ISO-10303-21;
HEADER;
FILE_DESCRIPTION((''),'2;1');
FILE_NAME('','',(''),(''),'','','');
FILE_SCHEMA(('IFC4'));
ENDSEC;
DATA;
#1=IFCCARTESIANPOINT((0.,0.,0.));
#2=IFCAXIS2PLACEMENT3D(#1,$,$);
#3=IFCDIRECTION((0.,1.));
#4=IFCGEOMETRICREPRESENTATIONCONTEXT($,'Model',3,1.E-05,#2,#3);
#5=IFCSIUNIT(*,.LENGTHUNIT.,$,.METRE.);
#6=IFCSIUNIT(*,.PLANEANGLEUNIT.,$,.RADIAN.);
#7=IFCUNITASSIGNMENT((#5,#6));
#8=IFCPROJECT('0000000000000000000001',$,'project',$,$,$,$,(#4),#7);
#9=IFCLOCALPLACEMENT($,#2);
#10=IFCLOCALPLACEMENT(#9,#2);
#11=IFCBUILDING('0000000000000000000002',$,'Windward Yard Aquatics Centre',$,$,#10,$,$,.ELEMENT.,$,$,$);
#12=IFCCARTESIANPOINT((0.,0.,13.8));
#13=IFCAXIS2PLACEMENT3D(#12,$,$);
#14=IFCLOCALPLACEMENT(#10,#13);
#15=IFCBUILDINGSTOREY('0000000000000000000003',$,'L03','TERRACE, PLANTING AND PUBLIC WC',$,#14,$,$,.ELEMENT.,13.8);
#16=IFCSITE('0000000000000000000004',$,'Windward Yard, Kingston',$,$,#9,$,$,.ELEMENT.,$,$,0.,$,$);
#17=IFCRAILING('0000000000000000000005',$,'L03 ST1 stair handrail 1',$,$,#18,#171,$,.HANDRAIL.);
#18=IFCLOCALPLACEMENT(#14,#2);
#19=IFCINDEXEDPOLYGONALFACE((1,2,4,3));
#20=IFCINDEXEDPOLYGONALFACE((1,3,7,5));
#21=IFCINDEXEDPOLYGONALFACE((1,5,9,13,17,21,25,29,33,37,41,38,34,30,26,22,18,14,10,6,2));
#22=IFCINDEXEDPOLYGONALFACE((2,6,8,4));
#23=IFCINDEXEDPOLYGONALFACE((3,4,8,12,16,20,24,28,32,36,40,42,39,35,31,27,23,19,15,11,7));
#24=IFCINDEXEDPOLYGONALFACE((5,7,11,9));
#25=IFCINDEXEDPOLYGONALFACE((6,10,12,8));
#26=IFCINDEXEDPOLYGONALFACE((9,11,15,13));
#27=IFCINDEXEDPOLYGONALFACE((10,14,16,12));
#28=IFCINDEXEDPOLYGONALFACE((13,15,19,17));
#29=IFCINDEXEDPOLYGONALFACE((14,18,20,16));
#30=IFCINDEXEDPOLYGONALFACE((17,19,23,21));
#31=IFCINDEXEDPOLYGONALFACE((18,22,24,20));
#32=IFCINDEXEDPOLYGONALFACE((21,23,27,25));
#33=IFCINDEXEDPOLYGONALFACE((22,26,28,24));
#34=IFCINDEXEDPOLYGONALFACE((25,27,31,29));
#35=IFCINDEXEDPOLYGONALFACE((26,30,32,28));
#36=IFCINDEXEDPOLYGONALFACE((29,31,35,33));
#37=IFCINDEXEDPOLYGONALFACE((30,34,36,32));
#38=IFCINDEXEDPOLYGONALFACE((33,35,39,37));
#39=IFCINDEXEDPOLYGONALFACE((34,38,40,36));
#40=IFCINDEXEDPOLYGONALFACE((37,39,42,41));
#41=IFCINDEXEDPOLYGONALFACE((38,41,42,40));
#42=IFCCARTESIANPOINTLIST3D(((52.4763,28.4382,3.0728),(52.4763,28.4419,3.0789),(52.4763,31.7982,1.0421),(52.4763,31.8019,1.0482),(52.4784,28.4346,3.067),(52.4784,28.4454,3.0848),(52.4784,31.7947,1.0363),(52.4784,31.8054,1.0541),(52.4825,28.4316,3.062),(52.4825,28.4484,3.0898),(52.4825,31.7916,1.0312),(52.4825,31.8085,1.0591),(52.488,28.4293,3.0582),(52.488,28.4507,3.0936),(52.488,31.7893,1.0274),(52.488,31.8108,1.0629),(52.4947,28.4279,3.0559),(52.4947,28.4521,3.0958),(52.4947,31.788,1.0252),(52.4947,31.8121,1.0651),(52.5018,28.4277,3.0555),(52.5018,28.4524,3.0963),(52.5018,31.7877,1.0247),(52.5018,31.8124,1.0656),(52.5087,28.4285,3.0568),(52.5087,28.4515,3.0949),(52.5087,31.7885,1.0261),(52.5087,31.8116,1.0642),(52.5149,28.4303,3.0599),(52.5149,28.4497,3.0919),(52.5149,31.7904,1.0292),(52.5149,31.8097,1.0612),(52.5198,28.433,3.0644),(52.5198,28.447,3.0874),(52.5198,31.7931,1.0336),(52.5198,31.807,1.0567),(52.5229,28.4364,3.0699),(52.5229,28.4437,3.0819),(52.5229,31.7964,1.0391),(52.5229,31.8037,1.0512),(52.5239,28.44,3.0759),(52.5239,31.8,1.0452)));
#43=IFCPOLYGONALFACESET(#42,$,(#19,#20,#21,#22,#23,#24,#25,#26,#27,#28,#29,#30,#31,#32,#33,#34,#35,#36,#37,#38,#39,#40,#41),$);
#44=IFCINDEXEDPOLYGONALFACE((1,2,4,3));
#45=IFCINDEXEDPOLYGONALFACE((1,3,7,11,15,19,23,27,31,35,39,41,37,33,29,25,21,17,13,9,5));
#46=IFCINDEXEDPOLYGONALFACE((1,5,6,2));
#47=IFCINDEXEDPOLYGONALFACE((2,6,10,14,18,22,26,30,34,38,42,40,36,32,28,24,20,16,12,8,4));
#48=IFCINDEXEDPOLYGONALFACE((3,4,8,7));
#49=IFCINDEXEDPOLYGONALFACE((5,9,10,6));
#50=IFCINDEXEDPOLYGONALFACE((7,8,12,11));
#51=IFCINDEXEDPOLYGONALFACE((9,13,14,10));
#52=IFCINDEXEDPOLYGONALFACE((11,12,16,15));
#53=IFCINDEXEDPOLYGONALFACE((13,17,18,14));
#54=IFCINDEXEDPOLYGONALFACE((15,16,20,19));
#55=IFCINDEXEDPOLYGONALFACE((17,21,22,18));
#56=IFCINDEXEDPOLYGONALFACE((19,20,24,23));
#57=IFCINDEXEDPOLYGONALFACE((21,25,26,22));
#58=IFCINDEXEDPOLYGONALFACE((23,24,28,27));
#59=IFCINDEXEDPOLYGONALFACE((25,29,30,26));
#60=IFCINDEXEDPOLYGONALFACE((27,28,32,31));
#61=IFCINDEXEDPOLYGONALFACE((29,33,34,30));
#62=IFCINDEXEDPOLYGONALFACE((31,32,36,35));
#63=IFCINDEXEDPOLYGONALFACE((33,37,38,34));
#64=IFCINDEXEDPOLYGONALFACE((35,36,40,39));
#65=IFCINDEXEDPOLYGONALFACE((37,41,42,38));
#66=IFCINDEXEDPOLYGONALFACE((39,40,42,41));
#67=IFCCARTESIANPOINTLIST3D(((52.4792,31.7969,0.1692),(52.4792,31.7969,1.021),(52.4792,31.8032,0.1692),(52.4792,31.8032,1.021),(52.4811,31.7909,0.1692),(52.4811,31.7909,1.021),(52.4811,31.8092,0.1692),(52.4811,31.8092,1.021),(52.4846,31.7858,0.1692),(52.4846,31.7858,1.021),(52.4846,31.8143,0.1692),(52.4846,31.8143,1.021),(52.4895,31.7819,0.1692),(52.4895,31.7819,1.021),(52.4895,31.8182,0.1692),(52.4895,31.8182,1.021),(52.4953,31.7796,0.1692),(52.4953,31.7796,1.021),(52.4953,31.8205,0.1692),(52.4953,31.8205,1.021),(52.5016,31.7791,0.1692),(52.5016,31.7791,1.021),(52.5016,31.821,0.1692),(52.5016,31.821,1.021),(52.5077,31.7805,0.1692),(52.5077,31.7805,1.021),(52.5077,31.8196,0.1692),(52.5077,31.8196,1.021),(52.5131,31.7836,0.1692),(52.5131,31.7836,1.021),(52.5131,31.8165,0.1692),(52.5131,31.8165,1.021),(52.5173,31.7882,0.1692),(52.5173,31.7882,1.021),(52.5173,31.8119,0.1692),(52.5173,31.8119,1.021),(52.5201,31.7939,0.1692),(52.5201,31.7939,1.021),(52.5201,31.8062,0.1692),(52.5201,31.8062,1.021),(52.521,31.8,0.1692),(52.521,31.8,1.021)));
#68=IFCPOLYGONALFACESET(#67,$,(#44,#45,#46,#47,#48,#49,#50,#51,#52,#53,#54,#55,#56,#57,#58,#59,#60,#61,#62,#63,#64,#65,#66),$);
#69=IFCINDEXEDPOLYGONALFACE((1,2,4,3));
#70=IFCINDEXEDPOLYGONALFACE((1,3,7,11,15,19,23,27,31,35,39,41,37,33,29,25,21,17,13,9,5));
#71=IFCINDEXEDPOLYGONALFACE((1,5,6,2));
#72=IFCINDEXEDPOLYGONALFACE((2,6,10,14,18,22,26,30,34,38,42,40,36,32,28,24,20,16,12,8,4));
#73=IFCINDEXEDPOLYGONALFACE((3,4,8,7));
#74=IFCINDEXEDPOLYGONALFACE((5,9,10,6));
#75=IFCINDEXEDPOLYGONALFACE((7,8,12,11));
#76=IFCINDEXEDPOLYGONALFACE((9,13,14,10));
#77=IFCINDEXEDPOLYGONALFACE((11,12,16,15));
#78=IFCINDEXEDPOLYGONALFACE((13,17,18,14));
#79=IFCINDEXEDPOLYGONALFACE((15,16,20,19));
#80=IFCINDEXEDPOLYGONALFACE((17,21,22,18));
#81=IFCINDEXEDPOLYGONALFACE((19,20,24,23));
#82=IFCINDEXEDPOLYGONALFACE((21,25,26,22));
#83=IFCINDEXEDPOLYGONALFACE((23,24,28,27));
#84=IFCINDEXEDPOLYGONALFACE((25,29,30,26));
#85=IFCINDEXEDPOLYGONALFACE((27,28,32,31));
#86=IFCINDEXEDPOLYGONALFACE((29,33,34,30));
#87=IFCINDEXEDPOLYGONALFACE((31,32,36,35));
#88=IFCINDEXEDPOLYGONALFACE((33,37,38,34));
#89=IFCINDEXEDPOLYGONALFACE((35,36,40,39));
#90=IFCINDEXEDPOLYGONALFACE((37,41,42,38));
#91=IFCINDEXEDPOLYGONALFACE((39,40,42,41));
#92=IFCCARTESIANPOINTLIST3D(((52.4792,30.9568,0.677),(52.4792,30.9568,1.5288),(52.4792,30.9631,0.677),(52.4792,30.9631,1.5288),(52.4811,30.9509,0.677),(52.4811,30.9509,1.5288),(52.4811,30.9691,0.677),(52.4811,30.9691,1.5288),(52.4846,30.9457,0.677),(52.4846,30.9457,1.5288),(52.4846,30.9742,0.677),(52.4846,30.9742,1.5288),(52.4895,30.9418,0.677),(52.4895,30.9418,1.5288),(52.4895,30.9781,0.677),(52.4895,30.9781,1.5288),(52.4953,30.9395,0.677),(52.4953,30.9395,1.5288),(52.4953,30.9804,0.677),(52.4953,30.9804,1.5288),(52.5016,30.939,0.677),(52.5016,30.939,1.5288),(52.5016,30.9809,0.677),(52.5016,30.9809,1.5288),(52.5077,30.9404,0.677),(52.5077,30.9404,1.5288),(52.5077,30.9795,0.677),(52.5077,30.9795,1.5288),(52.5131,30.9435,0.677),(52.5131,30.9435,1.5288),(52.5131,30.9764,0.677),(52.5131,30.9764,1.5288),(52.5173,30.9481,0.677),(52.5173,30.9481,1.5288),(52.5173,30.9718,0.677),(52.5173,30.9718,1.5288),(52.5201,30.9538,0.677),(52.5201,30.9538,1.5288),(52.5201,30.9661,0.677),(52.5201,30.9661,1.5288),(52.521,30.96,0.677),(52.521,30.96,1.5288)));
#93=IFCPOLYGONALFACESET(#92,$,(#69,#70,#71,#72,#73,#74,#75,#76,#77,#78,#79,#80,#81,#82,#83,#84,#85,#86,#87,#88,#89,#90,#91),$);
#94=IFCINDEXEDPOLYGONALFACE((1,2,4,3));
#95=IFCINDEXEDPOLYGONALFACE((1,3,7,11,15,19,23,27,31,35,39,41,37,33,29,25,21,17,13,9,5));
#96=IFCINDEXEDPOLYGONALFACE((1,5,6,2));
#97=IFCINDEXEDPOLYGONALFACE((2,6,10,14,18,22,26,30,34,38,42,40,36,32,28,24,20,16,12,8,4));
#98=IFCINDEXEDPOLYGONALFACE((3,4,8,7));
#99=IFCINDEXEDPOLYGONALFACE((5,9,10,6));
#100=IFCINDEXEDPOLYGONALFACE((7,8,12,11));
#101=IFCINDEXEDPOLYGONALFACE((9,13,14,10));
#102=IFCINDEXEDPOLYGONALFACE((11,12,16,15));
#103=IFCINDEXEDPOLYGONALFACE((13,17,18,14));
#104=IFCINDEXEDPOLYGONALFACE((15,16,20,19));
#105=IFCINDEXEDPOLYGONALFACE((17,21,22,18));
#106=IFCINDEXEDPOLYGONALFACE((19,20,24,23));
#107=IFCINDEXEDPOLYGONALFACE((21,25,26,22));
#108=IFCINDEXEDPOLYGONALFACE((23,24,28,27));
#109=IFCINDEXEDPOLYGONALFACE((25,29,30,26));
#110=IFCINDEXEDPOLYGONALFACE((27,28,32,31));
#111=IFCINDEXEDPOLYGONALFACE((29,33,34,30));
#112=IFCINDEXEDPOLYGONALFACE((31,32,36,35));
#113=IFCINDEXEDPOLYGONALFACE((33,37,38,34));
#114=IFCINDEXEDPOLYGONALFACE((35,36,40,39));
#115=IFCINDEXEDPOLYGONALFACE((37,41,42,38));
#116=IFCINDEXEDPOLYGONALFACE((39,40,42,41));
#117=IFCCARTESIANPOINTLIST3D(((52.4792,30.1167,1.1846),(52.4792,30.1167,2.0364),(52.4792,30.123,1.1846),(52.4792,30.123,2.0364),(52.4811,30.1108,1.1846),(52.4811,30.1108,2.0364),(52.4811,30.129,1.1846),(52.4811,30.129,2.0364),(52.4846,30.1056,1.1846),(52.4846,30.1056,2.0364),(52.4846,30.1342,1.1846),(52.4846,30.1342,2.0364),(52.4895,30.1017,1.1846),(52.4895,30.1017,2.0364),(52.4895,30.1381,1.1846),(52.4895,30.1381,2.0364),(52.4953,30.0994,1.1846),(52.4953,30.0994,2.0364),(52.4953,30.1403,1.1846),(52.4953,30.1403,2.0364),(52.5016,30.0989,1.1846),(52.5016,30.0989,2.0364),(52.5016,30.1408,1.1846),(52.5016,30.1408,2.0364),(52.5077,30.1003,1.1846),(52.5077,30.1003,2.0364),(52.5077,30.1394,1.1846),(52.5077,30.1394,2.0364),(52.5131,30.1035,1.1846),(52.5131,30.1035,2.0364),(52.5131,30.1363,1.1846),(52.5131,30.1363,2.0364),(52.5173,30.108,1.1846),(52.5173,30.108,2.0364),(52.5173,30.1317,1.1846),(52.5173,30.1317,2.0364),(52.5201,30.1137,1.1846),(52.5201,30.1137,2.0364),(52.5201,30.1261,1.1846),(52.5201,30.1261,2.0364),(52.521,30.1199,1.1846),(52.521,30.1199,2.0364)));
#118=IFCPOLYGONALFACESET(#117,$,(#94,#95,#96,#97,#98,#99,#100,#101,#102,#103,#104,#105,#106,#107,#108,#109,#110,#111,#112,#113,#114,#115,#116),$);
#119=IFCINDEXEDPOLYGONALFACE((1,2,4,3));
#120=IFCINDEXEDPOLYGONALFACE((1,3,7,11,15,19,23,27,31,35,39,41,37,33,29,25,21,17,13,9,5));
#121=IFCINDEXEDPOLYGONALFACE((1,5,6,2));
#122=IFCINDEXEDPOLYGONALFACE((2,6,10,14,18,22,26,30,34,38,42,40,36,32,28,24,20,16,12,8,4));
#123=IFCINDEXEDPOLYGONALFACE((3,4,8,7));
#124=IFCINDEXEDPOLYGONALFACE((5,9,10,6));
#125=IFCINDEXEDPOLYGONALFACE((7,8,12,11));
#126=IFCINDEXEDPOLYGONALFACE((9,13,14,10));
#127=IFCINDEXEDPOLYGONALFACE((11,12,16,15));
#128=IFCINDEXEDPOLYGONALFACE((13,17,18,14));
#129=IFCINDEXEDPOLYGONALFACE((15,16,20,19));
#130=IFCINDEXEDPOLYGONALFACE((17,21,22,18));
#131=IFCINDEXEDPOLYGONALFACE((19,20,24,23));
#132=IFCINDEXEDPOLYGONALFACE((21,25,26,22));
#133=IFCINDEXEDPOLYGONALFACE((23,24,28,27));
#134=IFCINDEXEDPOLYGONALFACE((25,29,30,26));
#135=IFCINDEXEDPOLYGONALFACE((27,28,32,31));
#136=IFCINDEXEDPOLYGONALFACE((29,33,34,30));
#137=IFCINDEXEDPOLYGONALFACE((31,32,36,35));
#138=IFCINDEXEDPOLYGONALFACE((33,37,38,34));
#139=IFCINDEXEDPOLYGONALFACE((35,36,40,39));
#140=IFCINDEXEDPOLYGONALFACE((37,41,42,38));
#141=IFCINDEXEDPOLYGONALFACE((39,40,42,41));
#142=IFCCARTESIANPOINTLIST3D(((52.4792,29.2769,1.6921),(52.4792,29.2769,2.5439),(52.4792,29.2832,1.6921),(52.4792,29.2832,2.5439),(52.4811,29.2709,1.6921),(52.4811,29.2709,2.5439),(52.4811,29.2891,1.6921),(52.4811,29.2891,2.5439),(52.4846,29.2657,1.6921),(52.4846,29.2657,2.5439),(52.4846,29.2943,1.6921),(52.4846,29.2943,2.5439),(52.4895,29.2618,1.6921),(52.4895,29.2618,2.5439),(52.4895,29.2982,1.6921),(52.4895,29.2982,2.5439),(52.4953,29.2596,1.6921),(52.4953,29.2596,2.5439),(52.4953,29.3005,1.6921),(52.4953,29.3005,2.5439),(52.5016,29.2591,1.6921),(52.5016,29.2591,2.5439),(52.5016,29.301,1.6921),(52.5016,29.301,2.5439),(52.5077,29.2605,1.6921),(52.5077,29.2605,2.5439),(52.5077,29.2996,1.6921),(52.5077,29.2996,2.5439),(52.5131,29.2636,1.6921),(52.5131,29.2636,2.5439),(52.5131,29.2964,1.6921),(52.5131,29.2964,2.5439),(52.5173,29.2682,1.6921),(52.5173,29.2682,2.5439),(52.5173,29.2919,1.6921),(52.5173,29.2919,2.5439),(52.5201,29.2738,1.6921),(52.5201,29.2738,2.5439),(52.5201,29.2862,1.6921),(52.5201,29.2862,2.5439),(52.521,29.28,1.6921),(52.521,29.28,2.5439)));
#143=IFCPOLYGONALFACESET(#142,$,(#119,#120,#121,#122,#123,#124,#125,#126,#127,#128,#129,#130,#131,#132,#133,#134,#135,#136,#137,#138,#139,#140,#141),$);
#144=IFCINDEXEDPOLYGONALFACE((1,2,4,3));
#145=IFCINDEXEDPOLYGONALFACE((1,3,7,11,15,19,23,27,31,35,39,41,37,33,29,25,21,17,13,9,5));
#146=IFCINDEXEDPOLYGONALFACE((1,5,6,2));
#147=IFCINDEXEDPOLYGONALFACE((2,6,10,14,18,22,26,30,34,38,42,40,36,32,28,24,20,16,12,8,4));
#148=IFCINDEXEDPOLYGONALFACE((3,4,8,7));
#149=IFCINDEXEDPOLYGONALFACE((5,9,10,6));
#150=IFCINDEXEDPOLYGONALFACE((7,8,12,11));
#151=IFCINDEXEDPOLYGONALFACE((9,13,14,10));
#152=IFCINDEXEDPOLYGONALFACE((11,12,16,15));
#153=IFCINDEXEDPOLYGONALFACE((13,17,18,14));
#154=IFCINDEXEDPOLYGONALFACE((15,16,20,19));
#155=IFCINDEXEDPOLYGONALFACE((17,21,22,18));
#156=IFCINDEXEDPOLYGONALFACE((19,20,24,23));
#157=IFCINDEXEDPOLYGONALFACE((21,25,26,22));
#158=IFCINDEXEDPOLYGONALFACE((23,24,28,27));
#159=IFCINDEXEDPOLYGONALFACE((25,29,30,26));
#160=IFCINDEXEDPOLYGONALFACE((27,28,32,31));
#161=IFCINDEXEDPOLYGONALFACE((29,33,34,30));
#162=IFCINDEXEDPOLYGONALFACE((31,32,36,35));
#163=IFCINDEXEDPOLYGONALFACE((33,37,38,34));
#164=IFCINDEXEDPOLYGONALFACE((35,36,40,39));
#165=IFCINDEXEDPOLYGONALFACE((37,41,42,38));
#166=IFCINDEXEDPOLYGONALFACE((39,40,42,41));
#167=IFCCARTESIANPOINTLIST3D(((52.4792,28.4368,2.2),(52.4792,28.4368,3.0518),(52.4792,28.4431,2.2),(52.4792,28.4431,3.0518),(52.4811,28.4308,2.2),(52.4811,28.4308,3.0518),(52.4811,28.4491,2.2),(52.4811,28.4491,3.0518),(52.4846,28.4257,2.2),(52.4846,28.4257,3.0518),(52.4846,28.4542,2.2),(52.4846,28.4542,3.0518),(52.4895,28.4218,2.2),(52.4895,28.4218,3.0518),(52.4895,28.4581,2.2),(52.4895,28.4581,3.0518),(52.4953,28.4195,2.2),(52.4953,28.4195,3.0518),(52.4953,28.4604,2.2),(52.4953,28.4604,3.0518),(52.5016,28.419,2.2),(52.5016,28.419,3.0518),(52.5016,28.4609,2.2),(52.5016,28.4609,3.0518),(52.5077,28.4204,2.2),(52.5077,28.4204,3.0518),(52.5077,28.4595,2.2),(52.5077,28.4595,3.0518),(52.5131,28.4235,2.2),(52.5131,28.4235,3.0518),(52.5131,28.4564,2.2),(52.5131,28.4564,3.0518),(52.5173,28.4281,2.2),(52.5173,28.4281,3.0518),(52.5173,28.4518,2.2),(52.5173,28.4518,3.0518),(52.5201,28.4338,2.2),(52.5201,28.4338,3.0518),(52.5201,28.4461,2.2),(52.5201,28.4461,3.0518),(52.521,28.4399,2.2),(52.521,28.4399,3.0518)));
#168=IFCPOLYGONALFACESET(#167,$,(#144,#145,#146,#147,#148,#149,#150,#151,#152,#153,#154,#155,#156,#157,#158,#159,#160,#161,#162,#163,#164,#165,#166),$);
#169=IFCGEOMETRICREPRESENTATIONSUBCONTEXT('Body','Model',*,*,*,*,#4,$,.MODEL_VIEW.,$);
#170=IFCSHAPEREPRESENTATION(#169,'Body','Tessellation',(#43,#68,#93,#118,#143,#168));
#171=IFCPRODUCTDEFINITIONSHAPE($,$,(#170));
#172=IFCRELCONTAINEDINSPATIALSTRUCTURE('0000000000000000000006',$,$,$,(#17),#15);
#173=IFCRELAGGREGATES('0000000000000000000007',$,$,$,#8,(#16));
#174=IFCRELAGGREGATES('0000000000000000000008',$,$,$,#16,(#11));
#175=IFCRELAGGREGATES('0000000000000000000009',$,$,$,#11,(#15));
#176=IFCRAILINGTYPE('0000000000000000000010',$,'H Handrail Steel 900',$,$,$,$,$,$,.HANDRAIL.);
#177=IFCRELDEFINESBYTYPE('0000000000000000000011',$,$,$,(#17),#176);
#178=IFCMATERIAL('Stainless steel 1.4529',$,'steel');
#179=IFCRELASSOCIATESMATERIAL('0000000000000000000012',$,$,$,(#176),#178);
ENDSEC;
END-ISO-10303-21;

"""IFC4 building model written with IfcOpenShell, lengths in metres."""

from ifc_helpers import new_model, si_unit, direction, frame, origin, origin_2d, place, context, subcontext, project, spatial, circle, extrude, material, type_object, element, save


model = new_model("IFC4")

# Units and contexts
model_context = context("Model", 3, precision=1e-05, world=origin(), true_north=direction((0.0, 1.0)))
body_context = subcontext(model_context, "Body", "Model", "MODEL_VIEW")
ifc_project = project(units=[si_unit("LENGTHUNIT", "METRE"), si_unit("PLANEANGLEUNIT", "RADIAN")], contexts=[model_context])

# Site, building, storey
site_placement = place(None, origin())
site = spatial("IfcSite", under=ifc_project, at=site_placement, Name="Windward Yard, Kingston", CompositionType="ELEMENT", RefElevation=0.0)
building_placement = place(site_placement, origin())
building = spatial("IfcBuilding", under=site, at=building_placement, Name="Windward Yard Aquatics Centre", CompositionType="ELEMENT")
storey_placement = place(building_placement, frame((0.0, 0.0, 13.8)))
storey = spatial("IfcBuildingStorey", under=building, at=storey_placement, Name="L03", Description="TERRACE, PLANTING AND PUBLIC WC", CompositionType="ELEMENT", Elevation=13.8)

# Railing
ifc_material_1 = material(Name="Stainless steel 1.4529", Category="steel")
railing_type_1 = type_object("IfcRailingType", Name="H Handrail Steel 900", PredefinedType="HANDRAIL", material=ifc_material_1)
railing_1_placement = place(storey_placement, frame((52.5, 31.8, 0.1692)))
element("IfcRailing", 1, at=railing_1_placement, inside=storey, type_object=railing_type_1, Name="L03 ST1 stair handrail 1", PredefinedType="HANDRAIL", context=body_context, shape_type="SweptSolid", body=[
    extrude(circle(Radius=0.0239, at=origin_2d()), frame((0.0, 0.0, 0.876), z_axis=(0.0, -0.855837, 0.517246), x_axis=(1.0, 0.0, 0.0)), (0.0, 0.0, 1.0), 3.926),
    extrude(circle(Radius=0.021, at=origin_2d()), origin(), (0.0, 0.0, 1.0), 0.8518),
    extrude(circle(Radius=0.021, at=origin_2d()), frame((0.0, -0.8401, 0.5078)), (0.0, 0.0, 1.0), 0.8518),
    extrude(circle(Radius=0.021, at=origin_2d()), frame((0.0, -1.6802, 1.0154)), (0.0, 0.0, 1.0), 0.8518),
    extrude(circle(Radius=0.021, at=origin_2d()), frame((0.0, -2.52, 1.5229)), (0.0, 0.0, 1.0), 0.8518),
    extrude(circle(Radius=0.021, at=origin_2d()), frame((0.0, -3.3601, 2.0308)), (0.0, 0.0, 1.0), 0.8518),
])

save(model, "model.ifc")
